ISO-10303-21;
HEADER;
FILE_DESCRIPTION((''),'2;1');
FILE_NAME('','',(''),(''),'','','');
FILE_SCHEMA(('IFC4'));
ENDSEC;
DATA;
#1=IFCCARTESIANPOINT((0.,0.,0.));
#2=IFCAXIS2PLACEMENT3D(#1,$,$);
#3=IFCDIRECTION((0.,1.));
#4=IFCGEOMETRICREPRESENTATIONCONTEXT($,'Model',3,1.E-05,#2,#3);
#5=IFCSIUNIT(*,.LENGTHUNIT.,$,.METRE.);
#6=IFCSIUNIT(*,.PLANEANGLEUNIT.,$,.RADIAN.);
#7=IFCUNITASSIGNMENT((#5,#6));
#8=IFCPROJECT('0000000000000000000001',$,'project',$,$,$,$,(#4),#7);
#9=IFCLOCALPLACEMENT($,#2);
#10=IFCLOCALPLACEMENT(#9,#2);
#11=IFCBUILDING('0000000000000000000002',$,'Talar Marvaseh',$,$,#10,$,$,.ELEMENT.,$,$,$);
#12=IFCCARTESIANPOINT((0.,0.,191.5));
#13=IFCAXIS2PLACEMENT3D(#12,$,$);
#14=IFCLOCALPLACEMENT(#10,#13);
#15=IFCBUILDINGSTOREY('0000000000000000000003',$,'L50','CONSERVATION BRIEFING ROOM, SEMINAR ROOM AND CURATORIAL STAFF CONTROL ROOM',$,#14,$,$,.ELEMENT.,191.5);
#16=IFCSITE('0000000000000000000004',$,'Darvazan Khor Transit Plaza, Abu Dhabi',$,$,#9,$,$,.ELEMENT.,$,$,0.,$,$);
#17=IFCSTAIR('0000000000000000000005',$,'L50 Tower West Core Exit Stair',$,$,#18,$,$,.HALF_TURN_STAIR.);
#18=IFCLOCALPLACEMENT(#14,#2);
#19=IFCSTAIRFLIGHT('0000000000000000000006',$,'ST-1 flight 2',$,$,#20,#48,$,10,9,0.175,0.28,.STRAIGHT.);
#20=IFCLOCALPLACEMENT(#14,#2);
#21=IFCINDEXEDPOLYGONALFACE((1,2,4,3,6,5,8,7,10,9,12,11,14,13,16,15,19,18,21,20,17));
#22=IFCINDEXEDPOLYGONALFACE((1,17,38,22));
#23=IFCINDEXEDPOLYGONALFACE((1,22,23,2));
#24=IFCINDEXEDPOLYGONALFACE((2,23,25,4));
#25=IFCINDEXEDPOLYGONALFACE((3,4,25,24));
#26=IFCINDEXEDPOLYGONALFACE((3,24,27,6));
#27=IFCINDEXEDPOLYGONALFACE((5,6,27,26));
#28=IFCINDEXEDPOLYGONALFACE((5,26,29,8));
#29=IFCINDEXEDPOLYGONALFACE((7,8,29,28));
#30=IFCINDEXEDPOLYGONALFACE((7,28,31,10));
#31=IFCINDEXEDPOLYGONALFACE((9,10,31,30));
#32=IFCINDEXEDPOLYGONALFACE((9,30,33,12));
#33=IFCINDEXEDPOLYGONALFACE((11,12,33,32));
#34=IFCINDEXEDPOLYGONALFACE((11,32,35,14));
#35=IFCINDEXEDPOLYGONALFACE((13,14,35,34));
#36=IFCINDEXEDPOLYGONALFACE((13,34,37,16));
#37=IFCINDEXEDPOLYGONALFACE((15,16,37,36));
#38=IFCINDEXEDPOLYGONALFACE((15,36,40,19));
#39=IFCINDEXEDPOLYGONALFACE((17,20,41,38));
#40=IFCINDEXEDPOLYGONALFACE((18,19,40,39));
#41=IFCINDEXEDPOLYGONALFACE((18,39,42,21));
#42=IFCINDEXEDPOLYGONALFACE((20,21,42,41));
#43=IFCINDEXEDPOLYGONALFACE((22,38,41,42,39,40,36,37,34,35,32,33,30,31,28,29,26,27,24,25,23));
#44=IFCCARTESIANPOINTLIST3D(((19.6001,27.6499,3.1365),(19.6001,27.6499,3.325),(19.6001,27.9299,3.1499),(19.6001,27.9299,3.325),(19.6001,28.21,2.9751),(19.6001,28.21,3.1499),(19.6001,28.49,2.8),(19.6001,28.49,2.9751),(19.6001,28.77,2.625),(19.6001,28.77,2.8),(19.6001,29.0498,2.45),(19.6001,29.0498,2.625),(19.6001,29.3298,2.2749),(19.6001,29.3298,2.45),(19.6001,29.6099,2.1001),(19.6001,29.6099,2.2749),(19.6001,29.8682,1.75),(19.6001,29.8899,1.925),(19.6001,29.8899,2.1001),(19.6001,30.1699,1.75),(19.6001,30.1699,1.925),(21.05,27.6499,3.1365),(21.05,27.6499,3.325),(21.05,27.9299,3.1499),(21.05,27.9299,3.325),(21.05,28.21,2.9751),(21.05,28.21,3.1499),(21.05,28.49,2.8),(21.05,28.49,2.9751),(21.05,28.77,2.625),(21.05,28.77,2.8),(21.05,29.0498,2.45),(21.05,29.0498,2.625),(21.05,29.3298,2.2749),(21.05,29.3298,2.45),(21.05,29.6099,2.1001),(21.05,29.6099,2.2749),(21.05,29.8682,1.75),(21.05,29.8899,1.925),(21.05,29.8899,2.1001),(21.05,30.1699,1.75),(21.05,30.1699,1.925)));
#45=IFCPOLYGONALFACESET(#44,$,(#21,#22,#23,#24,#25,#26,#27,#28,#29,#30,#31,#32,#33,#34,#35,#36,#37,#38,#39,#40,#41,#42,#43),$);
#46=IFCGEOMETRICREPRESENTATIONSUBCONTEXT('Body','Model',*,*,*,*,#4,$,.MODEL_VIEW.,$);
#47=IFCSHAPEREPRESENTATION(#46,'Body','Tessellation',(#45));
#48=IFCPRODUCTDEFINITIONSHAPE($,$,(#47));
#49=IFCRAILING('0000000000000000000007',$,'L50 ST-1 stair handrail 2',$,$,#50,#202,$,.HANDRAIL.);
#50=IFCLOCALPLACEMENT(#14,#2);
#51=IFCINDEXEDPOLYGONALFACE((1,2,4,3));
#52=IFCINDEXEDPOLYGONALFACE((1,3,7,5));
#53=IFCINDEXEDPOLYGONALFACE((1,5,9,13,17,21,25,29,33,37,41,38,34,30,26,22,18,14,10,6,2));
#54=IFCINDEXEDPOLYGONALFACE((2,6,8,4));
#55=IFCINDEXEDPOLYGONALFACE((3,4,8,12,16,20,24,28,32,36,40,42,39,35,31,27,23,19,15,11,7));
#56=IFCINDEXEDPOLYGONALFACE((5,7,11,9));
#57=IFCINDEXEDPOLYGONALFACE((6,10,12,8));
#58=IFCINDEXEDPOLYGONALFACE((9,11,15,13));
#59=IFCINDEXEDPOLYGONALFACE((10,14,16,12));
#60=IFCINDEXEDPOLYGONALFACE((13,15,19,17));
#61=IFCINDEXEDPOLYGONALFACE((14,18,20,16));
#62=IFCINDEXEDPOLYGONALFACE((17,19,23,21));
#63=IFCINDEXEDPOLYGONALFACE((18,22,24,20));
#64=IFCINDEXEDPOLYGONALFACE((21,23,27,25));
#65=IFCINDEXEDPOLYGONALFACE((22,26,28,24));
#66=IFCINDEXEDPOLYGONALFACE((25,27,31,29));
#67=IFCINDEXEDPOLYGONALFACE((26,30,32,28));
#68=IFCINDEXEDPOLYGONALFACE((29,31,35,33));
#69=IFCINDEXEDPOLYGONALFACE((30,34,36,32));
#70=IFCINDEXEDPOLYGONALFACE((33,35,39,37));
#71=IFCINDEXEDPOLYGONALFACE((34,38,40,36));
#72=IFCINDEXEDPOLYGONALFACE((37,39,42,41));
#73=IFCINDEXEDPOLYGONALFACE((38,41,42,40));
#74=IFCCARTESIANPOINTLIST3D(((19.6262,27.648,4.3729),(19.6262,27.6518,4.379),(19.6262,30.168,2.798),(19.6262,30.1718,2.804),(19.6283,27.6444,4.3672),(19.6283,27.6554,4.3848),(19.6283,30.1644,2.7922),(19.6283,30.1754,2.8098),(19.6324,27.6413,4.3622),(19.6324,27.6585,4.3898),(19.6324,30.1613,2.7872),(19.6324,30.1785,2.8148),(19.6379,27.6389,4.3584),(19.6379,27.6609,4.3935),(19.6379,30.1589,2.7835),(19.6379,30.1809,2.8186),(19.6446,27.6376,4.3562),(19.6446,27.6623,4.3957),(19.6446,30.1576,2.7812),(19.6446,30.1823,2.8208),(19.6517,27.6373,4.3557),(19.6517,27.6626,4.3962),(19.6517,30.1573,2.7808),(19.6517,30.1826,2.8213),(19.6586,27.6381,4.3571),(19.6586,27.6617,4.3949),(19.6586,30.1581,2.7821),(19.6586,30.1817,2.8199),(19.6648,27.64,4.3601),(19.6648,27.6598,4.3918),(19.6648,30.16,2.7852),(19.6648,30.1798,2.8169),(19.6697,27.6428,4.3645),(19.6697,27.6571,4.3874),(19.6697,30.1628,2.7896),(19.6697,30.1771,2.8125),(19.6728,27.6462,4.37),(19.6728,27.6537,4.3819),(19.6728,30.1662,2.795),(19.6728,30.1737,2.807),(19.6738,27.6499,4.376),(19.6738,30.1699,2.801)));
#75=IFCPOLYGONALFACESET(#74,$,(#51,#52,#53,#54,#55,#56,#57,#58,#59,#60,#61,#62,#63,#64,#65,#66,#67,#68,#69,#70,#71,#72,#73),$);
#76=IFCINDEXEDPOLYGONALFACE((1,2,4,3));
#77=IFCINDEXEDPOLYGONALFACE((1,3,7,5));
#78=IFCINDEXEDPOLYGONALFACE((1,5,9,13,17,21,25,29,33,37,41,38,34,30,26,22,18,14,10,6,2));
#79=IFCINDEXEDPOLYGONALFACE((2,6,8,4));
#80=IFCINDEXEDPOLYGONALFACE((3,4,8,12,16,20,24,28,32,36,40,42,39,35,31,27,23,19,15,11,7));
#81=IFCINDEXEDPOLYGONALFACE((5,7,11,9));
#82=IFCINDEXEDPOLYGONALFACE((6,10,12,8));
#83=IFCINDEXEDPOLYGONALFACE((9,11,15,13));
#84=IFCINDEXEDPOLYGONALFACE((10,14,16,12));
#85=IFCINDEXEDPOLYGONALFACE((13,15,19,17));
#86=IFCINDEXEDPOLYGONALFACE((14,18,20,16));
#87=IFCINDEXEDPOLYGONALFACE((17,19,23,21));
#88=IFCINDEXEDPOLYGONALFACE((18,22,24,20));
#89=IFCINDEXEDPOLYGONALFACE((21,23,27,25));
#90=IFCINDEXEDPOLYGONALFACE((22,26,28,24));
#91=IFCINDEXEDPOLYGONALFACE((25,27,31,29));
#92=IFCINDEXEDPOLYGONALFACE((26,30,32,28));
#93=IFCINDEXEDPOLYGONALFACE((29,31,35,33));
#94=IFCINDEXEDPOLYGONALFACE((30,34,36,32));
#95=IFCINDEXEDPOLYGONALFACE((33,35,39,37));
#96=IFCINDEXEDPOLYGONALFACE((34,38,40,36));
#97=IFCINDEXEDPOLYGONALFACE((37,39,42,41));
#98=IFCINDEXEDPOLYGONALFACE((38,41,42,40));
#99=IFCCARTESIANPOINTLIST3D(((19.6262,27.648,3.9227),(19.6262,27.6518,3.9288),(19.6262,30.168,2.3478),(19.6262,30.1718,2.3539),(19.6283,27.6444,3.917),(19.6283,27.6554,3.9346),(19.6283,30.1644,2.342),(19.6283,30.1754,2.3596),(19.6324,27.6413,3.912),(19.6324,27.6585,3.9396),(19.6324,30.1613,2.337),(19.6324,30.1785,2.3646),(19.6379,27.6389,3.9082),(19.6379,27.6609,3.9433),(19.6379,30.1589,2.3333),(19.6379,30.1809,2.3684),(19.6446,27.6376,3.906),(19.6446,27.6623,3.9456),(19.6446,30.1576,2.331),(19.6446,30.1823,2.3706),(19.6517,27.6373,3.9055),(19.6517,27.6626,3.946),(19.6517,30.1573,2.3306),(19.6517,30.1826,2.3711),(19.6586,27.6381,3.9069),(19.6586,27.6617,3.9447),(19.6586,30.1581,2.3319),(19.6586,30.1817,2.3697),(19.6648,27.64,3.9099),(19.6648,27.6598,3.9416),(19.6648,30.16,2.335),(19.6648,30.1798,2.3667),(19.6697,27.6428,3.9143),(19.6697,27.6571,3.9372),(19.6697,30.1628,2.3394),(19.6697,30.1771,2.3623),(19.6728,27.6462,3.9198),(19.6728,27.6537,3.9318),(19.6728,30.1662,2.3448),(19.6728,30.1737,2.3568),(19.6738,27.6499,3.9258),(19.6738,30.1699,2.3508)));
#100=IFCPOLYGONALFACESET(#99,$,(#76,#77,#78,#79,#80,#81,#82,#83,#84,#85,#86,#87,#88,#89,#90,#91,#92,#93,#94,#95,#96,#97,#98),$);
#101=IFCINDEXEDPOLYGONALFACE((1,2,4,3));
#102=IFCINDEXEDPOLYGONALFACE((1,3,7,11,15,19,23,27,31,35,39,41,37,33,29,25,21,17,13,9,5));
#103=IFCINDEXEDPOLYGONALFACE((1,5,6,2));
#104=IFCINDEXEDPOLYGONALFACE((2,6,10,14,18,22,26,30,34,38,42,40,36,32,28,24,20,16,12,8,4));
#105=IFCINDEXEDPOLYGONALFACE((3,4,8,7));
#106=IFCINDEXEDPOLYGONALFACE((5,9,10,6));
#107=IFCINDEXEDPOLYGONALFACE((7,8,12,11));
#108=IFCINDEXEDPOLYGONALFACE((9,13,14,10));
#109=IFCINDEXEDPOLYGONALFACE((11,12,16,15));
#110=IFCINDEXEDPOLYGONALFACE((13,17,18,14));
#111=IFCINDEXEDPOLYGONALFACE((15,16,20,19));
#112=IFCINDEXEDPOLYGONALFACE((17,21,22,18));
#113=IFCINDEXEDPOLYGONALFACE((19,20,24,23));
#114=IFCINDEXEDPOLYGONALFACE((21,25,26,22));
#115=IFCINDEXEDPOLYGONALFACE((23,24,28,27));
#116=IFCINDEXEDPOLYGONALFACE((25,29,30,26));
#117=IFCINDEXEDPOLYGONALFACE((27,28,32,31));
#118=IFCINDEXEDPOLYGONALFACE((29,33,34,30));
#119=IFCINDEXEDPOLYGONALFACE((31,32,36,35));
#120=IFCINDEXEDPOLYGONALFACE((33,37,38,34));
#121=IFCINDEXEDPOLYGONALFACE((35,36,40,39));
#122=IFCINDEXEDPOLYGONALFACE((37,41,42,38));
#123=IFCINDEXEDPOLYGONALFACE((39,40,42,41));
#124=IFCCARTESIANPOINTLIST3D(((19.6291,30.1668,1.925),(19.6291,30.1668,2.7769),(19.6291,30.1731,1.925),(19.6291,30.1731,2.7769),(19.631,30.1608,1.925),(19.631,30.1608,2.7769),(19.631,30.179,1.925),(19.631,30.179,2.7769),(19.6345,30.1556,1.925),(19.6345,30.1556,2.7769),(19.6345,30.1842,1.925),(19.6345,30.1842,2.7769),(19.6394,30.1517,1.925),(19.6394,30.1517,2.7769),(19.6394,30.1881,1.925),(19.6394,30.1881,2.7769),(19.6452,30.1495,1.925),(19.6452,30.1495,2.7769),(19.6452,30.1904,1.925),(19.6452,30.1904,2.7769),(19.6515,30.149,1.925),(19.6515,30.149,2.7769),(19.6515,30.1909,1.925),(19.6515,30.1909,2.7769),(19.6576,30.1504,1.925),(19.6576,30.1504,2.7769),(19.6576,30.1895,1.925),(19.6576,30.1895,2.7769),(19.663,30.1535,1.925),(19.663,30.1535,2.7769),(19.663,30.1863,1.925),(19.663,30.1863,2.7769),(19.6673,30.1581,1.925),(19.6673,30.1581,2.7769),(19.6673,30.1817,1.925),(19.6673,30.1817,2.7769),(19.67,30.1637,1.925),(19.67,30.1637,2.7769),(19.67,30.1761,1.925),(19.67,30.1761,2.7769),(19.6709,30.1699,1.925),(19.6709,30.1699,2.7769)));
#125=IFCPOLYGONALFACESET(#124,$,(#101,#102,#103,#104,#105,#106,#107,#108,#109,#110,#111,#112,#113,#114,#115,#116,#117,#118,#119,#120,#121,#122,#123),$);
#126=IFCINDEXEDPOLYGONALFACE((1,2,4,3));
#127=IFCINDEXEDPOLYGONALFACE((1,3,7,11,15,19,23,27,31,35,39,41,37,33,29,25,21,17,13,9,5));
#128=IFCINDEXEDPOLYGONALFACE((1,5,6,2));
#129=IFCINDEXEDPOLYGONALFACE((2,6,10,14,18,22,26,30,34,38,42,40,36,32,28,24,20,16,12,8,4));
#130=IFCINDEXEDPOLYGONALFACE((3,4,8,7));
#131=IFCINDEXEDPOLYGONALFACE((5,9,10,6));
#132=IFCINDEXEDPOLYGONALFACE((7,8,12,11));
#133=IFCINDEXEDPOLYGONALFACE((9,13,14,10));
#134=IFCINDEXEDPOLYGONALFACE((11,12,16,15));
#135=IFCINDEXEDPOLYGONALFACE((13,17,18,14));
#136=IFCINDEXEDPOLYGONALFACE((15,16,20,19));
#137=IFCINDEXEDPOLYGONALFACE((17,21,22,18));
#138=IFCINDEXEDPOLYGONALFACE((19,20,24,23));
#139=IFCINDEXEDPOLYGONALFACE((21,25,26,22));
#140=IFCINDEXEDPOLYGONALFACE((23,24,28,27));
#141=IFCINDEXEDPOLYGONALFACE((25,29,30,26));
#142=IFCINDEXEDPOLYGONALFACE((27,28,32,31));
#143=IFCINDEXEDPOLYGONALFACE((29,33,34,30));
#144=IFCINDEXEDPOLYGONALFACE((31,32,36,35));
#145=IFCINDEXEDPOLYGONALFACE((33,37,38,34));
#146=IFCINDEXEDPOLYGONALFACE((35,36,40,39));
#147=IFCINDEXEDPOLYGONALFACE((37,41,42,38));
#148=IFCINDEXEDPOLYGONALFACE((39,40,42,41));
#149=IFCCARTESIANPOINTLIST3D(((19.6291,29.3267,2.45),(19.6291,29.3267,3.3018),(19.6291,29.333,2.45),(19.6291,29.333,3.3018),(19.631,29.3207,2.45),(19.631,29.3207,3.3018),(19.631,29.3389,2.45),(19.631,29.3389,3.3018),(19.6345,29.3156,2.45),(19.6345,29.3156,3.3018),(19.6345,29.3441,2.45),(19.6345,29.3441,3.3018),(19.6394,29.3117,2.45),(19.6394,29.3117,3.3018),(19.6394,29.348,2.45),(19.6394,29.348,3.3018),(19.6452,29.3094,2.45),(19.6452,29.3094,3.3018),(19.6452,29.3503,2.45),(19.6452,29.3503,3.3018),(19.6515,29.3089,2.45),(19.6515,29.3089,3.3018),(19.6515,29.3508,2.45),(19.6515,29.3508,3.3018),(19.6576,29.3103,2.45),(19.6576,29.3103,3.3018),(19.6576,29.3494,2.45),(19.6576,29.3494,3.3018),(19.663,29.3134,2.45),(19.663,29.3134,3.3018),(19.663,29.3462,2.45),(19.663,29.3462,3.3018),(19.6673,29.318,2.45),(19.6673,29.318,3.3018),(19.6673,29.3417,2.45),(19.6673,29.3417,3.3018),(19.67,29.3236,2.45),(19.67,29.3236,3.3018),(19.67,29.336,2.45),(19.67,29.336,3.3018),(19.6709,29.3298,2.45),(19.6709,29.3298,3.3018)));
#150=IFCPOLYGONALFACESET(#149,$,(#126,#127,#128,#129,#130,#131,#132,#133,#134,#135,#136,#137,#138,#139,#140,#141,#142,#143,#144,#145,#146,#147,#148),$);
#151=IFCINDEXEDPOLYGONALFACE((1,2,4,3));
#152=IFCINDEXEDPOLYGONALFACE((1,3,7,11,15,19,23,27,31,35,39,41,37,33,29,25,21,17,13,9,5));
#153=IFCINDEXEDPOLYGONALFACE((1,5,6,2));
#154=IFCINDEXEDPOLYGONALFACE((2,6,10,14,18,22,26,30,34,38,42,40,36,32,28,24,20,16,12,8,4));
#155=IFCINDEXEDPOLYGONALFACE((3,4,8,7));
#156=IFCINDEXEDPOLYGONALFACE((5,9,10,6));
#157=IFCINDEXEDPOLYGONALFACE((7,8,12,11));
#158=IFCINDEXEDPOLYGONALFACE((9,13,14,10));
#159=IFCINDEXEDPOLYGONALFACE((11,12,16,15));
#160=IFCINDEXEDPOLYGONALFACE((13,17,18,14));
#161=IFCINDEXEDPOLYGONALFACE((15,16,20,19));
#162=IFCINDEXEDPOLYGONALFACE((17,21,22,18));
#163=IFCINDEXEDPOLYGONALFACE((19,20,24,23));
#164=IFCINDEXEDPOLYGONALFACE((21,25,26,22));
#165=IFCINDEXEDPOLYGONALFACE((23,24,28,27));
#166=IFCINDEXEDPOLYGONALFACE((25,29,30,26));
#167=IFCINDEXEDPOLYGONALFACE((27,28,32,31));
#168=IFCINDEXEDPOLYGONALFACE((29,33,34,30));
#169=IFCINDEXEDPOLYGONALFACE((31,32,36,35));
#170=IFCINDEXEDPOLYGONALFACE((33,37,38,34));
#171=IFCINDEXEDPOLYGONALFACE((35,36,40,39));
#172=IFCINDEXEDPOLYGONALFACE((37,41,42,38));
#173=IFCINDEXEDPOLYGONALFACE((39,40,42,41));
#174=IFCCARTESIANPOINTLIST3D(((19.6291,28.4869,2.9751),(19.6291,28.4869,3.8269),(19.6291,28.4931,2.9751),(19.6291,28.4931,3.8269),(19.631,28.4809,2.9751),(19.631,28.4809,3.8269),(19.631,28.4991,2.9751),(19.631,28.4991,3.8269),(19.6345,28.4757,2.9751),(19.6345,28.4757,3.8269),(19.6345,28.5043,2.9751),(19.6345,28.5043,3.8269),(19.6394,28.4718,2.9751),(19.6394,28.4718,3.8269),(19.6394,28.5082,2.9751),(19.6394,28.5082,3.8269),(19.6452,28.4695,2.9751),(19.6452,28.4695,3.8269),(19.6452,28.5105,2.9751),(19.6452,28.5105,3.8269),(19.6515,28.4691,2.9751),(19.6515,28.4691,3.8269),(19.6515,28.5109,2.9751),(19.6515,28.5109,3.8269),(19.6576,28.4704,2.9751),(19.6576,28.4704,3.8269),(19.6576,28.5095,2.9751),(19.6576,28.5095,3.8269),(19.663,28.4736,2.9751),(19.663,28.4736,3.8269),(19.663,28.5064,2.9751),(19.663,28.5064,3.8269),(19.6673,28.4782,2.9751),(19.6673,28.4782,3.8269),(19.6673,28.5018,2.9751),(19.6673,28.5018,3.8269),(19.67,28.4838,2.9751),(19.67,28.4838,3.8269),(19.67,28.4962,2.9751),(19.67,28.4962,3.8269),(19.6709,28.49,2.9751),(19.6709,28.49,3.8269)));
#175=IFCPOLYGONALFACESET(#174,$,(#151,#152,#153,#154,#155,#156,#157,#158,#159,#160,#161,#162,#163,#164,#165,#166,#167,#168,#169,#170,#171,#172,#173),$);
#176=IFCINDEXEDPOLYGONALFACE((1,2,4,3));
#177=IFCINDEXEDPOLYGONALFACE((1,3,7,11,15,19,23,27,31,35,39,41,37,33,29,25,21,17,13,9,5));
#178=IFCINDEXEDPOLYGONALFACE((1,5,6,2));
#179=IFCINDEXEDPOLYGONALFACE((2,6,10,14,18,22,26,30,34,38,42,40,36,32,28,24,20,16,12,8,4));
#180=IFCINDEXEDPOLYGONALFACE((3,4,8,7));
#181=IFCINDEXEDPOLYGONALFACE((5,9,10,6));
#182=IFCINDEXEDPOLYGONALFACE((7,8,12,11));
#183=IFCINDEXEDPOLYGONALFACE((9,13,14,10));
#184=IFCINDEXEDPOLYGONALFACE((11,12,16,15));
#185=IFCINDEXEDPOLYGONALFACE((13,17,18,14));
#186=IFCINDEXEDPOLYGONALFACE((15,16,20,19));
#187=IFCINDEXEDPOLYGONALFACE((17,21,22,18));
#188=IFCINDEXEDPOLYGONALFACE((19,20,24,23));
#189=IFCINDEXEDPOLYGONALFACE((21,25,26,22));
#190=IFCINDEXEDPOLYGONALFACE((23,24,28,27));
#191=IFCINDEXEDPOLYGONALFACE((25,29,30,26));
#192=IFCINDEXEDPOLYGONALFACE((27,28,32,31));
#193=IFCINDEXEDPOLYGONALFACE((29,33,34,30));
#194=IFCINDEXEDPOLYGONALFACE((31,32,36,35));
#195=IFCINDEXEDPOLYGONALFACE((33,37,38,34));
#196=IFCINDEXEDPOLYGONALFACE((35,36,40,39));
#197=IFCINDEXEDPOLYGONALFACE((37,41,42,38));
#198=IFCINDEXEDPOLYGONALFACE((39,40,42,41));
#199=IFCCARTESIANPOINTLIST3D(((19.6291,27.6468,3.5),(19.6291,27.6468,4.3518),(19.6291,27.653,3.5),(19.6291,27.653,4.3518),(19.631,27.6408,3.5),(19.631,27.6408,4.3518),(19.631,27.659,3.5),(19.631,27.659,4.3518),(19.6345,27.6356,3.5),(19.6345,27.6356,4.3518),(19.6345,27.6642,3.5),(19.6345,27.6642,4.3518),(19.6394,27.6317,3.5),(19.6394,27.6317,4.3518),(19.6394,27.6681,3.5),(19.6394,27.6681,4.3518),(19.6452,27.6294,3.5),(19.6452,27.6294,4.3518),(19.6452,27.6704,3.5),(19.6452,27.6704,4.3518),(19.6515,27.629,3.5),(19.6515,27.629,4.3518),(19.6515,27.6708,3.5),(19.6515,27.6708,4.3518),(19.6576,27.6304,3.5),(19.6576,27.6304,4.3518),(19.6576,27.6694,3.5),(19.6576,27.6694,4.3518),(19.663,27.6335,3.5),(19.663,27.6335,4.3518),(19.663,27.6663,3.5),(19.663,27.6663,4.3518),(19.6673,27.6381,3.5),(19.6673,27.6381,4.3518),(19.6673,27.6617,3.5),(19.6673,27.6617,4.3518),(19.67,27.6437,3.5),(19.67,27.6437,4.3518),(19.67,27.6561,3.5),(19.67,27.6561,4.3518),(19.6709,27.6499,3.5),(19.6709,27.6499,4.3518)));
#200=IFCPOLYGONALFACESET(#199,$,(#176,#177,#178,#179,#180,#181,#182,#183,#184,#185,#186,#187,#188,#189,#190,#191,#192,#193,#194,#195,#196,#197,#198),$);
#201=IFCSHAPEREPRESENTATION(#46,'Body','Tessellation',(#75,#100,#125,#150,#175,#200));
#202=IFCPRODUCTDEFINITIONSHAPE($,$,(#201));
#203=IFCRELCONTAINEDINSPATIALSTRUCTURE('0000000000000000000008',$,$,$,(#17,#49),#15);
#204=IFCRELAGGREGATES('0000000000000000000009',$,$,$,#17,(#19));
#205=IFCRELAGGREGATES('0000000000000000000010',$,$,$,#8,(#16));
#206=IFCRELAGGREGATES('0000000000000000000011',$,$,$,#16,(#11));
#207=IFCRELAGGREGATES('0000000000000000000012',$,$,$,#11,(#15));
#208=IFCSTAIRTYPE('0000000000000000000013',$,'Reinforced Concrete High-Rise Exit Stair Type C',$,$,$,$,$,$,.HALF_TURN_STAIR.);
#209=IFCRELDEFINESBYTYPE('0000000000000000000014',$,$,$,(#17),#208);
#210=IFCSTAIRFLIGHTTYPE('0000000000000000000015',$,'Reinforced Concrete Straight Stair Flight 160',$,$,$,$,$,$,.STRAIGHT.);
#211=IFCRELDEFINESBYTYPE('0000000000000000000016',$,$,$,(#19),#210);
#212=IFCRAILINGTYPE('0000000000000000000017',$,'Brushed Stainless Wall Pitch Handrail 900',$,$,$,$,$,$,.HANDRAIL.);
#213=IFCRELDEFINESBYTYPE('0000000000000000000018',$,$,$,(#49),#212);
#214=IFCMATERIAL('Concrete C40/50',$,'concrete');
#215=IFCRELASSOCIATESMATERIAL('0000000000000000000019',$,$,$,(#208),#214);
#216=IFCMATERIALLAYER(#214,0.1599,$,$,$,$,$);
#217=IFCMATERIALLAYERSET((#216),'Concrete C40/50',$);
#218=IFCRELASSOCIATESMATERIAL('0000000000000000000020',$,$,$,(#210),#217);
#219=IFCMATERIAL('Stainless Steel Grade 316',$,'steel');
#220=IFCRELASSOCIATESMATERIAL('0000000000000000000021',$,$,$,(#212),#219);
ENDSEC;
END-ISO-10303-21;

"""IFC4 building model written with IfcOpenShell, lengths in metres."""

from ifc_helpers import new_model, si_unit, direction, frame, origin, origin_2d, place, context, subcontext, project, spatial, polyline, circle, outline, extrude, material, layer, layer_set, type_object, element, aggregate, save


model = new_model("IFC4")

# Units and contexts
model_context = context("Model", 3, precision=1e-05, world=origin(), true_north=direction((0.0, 1.0)))
body_context = subcontext(model_context, "Body", "Model", "MODEL_VIEW")
ifc_project = project(units=[si_unit("LENGTHUNIT", "METRE"), si_unit("PLANEANGLEUNIT", "RADIAN")], contexts=[model_context])

# Site, building, storey
site_placement = place(None, origin())
site = spatial("IfcSite", under=ifc_project, at=site_placement, Name="Darvazan Khor Transit Plaza, Abu Dhabi", CompositionType="ELEMENT", RefElevation=0.0)
building_placement = place(site_placement, origin())
building = spatial("IfcBuilding", under=site, at=building_placement, Name="Talar Marvaseh", CompositionType="ELEMENT")
storey_placement = place(building_placement, frame((0.0, 0.0, 191.5)))
storey = spatial("IfcBuildingStorey", under=building, at=storey_placement, Name="L50", Description="CONSERVATION BRIEFING ROOM, SEMINAR ROOM AND CURATORIAL STAFF CONTROL ROOM", CompositionType="ELEMENT", Elevation=191.5)

# Stair, stair flight
ifc_material_1 = material(Name="Concrete C40/50", Category="concrete")
stair_type = type_object("IfcStairType", Name="Reinforced Concrete High-Rise Exit Stair Type C", PredefinedType="HALF_TURN_STAIR", material=ifc_material_1)
stair_placement = place(storey_placement, origin())
stair = element("IfcStair", 1, at=stair_placement, inside=storey, type_object=stair_type, Name="L50 Tower West Core Exit Stair", PredefinedType="HALF_TURN_STAIR")
ifc_layer_1 = layer(ifc_material_1, 0.1599)
ifc_layer_set_1 = layer_set([ifc_layer_1], Name="Concrete C40/50")
stair_flight_type = type_object("IfcStairFlightType", Name="Reinforced Concrete Straight Stair Flight 160", PredefinedType="STRAIGHT", material=ifc_layer_set_1)
stair_flight_1_placement = place(storey_placement, frame((20.325, 30.1699, 1.75), z_axis=(0.0, 0.0, 1.0), x_axis=(0.0, -1.0, 0.0)))
stair_flight_1 = element("IfcStairFlight", 2, at=stair_flight_1_placement, type_object=stair_flight_type, Name="ST-1 flight 2", NumberOfRisers=10, NumberOfTreads=9, PredefinedType="STRAIGHT", RiserHeight=0.175, TreadLength=0.28, context=body_context, shape_type="SweptSolid", body=[
    extrude(outline(polyline([(0.0, 0.0), (0.0, 0.175), (0.28, 0.175), (0.28, 0.3501), (0.5601, 0.3501), (0.5601, 0.5249), (0.8401, 0.5249), (0.8401, 0.7), (1.1201, 0.7), (1.1201, 0.875), (1.3999, 0.875), (1.3999, 1.05), (1.6799, 1.05), (1.6799, 1.2251), (1.96, 1.2251), (1.96, 1.3999), (2.24, 1.3999), (2.24, 1.575), (2.52, 1.575), (2.52, 1.75), (2.52, 1.3865), (0.3018, 0.0), (0.0, 0.0)])), frame((0.0, 0.7251, 0.0), z_axis=(0.0, -1.0, 0.0), x_axis=(1.0, 0.0, 0.0)), (0.0, 0.0, 1.0), 1.45),
])
aggregate(stair, [stair_flight_1])

# Railing
ifc_material_2 = material(Name="Stainless Steel Grade 316", Category="steel")
railing_type_1 = type_object("IfcRailingType", Name="Brushed Stainless Wall Pitch Handrail 900", PredefinedType="HANDRAIL", material=ifc_material_2)
railing_1_placement = place(storey_placement, frame((19.6499, 30.1699, 1.925)))
element("IfcRailing", 3, at=railing_1_placement, inside=storey, type_object=railing_type_1, Name="L50 ST-1 stair handrail 2", PredefinedType="HANDRAIL", context=body_context, shape_type="SweptSolid", body=[
    extrude(circle(Radius=0.0239, at=origin_2d()), frame((0.0, 0.0, 0.876), z_axis=(0.0, -0.848008, 0.529984), x_axis=(1.0, 0.0, 0.0)), (0.0, 0.0, 1.0), 2.9717),
    extrude(circle(Radius=0.0239, at=origin_2d()), frame((0.0, 0.0, 0.4258), z_axis=(0.0, -0.848008, 0.529984), x_axis=(1.0, 0.0, 0.0)), (0.0, 0.0, 1.0), 2.9717),
    extrude(circle(Radius=0.021, at=origin_2d()), origin(), (0.0, 0.0, 1.0), 0.8518),
    extrude(circle(Radius=0.021, at=origin_2d()), frame((0.0, -0.8401, 0.5249)), (0.0, 0.0, 1.0), 0.8518),
    extrude(circle(Radius=0.021, at=origin_2d()), frame((0.0, -1.6799, 1.05)), (0.0, 0.0, 1.0), 0.8518),
    extrude(circle(Radius=0.021, at=origin_2d()), frame((0.0, -2.52, 1.575)), (0.0, 0.0, 1.0), 0.8518),
])

save(model, "model.ifc")
